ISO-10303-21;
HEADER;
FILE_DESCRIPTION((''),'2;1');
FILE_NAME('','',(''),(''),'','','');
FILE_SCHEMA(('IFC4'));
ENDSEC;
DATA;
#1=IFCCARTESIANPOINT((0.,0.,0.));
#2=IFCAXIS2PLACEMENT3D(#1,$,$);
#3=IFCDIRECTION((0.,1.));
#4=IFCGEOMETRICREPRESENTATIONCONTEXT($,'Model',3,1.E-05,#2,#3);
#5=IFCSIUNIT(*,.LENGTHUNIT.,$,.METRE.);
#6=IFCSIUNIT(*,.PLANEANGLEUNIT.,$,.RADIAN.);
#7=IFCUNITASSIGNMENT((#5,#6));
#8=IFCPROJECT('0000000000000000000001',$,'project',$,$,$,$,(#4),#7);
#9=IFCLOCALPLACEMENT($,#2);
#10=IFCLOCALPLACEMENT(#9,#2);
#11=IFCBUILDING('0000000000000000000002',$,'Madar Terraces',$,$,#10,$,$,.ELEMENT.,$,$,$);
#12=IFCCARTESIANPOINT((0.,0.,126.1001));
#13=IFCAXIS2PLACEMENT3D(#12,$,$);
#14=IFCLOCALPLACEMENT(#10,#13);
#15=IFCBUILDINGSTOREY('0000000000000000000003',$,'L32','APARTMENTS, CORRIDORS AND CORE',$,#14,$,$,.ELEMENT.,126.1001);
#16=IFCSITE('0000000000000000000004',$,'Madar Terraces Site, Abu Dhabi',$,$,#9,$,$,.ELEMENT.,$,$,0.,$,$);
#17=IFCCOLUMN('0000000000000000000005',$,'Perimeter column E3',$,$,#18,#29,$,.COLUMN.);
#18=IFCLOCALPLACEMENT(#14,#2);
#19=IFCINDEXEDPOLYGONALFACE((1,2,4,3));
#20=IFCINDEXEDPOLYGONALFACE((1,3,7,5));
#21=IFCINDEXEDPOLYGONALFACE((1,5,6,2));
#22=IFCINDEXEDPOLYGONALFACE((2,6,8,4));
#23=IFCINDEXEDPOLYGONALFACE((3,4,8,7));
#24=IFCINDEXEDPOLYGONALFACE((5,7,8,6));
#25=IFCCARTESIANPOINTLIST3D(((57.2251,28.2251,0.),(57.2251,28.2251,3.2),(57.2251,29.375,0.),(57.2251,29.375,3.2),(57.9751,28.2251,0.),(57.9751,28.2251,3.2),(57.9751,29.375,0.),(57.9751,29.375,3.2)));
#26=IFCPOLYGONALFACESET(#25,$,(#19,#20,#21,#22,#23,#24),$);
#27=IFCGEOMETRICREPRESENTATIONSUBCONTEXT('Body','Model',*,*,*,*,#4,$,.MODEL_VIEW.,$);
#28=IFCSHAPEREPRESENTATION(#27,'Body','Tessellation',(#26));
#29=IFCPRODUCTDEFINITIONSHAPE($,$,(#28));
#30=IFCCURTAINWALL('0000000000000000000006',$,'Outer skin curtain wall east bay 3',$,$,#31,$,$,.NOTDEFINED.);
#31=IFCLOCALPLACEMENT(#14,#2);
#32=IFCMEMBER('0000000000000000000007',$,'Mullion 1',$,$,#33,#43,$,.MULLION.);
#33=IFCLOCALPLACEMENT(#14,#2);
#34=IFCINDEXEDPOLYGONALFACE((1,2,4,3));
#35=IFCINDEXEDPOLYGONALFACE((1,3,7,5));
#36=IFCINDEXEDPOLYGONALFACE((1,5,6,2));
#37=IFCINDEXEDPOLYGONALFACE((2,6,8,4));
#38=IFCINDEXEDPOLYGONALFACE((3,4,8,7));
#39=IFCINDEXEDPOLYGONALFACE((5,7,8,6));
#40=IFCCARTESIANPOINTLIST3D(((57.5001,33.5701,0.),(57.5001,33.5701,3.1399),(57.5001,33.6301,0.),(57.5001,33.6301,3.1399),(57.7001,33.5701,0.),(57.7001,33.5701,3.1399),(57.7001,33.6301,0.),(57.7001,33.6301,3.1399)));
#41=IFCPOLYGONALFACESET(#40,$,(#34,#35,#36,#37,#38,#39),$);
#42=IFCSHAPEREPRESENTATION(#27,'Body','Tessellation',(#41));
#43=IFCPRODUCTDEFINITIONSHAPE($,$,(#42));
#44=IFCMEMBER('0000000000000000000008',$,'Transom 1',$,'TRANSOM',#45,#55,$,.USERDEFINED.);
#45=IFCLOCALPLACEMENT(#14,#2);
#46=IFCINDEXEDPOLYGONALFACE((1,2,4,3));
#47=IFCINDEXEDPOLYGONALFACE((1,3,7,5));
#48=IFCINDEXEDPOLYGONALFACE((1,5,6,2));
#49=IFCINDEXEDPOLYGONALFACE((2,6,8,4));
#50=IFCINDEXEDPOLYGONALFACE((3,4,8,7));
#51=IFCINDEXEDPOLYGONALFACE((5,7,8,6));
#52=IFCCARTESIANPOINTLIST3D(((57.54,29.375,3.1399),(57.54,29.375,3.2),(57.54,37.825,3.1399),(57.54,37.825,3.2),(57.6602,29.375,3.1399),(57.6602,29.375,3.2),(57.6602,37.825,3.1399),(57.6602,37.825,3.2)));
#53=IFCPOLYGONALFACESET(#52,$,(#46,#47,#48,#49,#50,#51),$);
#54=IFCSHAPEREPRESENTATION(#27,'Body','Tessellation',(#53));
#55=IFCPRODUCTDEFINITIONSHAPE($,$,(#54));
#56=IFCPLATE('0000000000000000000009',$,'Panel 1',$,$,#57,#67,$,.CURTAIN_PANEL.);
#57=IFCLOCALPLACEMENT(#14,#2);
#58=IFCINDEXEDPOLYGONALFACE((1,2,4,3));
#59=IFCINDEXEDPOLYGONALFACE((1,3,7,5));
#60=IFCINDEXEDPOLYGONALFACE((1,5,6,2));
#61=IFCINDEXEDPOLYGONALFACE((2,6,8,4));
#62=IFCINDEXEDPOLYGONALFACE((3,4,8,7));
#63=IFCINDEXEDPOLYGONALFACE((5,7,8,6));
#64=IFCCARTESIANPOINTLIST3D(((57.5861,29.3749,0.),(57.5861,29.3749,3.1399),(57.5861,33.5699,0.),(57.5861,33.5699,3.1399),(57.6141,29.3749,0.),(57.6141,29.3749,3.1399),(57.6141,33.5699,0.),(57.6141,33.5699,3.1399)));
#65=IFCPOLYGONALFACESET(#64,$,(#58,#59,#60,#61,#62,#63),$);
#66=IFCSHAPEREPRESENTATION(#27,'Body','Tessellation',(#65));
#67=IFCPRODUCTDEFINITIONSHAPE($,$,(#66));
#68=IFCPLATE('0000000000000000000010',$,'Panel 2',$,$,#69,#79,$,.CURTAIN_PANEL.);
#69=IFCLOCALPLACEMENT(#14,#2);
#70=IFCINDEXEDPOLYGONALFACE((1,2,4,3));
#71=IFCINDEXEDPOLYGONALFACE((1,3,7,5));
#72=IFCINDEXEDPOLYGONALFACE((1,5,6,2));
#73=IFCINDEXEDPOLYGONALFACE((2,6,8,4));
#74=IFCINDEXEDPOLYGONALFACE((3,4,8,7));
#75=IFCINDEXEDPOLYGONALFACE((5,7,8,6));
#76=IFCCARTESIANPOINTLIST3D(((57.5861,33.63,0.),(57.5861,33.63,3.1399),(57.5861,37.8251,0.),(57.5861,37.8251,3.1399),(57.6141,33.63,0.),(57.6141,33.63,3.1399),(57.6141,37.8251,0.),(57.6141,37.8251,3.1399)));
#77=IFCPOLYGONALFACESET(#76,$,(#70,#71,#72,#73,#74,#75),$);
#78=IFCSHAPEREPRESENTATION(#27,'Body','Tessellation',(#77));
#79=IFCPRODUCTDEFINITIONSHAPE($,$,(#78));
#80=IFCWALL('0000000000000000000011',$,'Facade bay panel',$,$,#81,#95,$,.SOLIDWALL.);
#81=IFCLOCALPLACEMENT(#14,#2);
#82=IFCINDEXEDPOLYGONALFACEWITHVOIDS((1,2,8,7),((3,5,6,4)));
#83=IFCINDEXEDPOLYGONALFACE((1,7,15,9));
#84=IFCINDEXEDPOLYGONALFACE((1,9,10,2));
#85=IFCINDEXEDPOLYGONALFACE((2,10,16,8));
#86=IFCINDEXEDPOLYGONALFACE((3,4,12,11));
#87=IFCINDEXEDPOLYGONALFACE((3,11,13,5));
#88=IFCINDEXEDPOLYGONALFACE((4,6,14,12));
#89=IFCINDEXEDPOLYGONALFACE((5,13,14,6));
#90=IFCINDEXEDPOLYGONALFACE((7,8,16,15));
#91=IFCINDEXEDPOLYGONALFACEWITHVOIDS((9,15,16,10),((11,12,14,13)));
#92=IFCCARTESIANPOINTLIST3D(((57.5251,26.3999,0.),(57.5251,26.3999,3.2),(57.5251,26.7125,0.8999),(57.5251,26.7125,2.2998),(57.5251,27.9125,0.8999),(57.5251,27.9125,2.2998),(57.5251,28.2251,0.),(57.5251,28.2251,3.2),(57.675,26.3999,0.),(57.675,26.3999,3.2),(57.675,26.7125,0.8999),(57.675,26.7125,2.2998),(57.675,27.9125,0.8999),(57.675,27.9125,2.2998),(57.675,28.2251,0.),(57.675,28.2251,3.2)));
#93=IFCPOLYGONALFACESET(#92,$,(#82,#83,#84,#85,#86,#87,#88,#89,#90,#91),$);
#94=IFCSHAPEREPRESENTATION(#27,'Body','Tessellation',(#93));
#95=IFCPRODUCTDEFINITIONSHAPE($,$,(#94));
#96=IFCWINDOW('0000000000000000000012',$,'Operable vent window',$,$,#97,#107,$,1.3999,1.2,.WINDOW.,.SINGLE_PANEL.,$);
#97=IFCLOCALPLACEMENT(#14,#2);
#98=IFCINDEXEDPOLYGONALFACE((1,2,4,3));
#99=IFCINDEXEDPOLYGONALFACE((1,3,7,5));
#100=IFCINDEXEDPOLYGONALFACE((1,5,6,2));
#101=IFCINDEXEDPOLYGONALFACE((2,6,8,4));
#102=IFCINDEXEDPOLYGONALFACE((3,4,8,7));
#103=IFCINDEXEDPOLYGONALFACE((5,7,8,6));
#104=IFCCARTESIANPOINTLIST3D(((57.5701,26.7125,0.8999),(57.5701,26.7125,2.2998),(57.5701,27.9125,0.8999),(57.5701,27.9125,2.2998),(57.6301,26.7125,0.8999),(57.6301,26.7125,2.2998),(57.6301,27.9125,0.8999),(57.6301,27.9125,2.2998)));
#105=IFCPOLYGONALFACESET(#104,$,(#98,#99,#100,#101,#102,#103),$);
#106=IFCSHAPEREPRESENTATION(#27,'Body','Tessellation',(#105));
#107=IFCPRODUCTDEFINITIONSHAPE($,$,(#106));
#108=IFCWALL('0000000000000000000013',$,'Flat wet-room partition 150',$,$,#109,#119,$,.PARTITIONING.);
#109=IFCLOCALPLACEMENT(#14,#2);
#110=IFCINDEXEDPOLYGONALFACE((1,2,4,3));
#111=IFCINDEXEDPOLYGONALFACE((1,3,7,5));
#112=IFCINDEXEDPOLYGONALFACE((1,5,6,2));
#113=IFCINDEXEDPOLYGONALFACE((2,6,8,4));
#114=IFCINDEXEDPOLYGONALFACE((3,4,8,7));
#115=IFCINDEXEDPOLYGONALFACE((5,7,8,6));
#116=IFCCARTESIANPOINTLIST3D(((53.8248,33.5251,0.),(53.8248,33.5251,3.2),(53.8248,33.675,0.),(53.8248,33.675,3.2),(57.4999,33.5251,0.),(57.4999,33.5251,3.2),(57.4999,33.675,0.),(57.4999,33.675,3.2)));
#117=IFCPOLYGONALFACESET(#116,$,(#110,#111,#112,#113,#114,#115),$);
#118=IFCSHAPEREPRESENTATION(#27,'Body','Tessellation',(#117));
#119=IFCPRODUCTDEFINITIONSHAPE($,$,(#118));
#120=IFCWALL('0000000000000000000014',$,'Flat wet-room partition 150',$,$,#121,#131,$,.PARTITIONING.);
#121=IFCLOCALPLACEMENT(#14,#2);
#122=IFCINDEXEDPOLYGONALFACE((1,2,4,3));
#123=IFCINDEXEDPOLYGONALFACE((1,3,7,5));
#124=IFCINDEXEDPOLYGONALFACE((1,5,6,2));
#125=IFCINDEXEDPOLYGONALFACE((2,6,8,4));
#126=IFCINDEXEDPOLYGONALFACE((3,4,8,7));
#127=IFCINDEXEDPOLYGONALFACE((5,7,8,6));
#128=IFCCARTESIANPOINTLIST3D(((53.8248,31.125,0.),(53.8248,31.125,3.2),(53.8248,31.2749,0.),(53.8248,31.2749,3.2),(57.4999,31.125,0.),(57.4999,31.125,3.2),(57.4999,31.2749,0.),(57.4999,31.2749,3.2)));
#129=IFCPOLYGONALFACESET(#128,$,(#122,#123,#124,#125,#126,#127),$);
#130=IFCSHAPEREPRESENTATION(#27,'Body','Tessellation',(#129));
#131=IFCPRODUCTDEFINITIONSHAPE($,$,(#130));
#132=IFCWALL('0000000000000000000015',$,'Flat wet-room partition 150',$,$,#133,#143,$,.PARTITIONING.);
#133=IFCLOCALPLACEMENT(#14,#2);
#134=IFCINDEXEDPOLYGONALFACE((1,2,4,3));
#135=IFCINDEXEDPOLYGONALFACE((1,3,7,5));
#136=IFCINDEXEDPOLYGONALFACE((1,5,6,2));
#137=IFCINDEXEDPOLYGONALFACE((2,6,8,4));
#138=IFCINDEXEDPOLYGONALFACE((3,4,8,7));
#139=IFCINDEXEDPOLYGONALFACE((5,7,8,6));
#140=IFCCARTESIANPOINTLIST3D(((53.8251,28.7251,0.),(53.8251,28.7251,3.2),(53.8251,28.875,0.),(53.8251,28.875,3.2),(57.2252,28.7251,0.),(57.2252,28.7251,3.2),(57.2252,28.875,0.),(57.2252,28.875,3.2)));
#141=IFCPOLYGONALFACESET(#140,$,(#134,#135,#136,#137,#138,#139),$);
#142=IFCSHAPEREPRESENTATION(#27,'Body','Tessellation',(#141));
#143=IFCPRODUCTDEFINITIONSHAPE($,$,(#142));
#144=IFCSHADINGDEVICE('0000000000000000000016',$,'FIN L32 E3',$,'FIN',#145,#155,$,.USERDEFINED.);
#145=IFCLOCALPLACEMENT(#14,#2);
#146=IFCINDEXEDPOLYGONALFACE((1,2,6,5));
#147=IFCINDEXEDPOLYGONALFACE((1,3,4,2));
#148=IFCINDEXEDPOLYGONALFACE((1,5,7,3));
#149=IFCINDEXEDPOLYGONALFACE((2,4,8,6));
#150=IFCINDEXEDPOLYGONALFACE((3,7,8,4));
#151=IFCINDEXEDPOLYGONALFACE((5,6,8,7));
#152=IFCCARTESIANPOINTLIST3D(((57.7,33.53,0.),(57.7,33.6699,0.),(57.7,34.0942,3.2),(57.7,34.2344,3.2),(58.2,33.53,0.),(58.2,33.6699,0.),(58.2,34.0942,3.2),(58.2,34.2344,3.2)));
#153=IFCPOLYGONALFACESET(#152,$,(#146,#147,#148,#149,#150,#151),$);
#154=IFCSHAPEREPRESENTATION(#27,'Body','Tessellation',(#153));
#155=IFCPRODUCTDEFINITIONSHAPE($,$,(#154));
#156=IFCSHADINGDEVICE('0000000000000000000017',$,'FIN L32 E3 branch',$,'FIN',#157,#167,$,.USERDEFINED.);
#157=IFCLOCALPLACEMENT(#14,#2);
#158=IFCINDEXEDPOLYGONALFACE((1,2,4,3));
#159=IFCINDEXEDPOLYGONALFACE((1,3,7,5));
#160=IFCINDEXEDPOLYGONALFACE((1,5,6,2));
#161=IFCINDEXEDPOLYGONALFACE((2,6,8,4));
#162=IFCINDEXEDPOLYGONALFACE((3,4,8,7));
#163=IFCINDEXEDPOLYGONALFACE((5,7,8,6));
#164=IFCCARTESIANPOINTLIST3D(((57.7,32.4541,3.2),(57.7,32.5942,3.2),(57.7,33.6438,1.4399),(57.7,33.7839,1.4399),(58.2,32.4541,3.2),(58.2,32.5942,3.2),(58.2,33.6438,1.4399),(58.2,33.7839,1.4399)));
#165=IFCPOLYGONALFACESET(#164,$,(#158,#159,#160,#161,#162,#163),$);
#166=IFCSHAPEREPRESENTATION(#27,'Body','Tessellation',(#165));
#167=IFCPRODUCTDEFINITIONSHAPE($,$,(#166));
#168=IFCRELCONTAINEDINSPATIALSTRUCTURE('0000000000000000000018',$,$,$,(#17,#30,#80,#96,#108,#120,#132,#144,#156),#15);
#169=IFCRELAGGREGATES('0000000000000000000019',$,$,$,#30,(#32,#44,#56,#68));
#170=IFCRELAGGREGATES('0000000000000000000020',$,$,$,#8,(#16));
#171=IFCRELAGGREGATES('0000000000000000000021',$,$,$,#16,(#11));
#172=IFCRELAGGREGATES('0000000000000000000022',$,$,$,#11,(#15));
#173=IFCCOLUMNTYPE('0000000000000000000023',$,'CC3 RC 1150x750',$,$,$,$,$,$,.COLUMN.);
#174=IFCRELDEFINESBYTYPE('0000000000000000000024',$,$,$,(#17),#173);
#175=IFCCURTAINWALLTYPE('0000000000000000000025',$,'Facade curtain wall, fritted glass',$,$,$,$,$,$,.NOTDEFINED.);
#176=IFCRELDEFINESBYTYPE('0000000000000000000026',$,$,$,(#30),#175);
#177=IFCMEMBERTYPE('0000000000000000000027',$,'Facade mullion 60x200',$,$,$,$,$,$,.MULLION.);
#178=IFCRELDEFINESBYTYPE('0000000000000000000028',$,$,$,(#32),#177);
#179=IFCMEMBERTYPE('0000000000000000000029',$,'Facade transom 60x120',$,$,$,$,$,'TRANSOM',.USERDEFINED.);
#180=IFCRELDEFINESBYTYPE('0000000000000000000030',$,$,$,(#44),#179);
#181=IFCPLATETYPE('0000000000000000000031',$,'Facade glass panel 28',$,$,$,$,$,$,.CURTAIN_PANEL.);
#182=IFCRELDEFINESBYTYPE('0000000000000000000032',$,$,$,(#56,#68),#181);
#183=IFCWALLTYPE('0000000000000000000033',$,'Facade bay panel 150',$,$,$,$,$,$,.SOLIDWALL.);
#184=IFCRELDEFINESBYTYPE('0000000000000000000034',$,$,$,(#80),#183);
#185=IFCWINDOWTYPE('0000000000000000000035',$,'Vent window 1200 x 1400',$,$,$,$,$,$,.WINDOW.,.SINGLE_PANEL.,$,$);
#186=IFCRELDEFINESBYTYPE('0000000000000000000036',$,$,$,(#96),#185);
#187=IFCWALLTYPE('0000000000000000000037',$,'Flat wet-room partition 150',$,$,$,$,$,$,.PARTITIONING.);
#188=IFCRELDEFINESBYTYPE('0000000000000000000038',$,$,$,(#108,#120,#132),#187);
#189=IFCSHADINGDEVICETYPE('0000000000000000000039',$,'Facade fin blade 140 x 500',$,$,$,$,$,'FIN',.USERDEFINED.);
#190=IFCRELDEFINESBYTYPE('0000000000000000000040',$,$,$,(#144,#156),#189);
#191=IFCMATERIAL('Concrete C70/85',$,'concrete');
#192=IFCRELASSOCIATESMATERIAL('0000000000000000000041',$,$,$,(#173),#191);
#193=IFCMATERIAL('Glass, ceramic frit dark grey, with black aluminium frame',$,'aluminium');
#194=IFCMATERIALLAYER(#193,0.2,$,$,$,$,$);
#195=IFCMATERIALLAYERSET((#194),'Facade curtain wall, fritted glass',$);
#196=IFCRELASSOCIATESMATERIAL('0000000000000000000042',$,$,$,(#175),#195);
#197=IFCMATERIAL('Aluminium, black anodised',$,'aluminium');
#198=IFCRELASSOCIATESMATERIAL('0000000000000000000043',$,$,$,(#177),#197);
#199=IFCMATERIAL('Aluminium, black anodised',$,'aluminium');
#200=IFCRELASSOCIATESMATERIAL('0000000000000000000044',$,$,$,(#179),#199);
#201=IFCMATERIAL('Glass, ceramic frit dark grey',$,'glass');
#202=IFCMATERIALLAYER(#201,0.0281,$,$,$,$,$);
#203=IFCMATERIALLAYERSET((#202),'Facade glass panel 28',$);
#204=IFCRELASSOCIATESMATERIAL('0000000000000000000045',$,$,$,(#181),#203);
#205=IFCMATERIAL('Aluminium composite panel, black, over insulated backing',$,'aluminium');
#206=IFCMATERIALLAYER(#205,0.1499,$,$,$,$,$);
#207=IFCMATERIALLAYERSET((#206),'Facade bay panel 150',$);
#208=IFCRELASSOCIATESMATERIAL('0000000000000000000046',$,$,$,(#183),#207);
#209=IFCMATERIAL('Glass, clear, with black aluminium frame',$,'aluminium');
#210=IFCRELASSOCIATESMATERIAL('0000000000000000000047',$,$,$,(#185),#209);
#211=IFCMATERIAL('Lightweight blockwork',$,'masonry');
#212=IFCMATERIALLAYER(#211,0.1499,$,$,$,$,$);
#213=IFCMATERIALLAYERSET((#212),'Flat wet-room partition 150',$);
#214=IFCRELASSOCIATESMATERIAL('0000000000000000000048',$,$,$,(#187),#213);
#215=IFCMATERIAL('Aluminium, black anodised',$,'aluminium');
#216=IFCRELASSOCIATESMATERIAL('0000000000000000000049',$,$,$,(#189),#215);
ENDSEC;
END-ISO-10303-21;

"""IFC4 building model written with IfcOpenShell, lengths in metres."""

from ifc_helpers import new_model, si_unit, direction, frame, frame_2d, origin, origin_2d, place, context, subcontext, project, spatial, polyline, rectangle, outline, extrude, material, layer, layer_set, material_profile, profile_set, type_object, element, fill, aggregate, save


model = new_model("IFC4")

# Units and contexts
model_context = context("Model", 3, precision=1e-05, world=origin(), true_north=direction((0.0, 1.0)))
body_context = subcontext(model_context, "Body", "Model", "MODEL_VIEW")
ifc_project = project(units=[si_unit("LENGTHUNIT", "METRE"), si_unit("PLANEANGLEUNIT", "RADIAN")], contexts=[model_context])

# Site, building, storey
site_placement = place(None, origin())
site = spatial("IfcSite", under=ifc_project, at=site_placement, Name="Madar Terraces Site, Abu Dhabi", CompositionType="ELEMENT", RefElevation=0.0)
building_placement = place(site_placement, origin())
building = spatial("IfcBuilding", under=site, at=building_placement, Name="Madar Terraces", CompositionType="ELEMENT")
storey_placement = place(building_placement, frame((0.0, 0.0, 126.1001)))
storey = spatial("IfcBuildingStorey", under=building, at=storey_placement, Name="L32", Description="APARTMENTS, CORRIDORS AND CORE", CompositionType="ELEMENT", Elevation=126.1001)

# Column
ifc_material_1 = material(Name="Concrete C70/85", Category="concrete")
ifc_material_profile_1 = material_profile(ifc_material_1, rectangle(XDim=1.1499, YDim=0.75, at=origin_2d()), Name="CC3 RC 1150x750")
ifc_profile_set_1 = profile_set([ifc_material_profile_1], Name="Concrete C70/85")
column_type = type_object("IfcColumnType", Name="CC3 RC 1150x750", PredefinedType="COLUMN", material=ifc_profile_set_1)
column_placement = place(storey_placement, frame((57.6001, 28.8, 0.0), z_axis=(0.0, 0.0, 1.0), x_axis=(0.0, 1.0, 0.0)))
element("IfcColumn", 1, at=column_placement, inside=storey, type_object=column_type, Name="Perimeter column E3", PredefinedType="COLUMN", context=body_context, shape_type="SweptSolid", body=[
    extrude(rectangle(XDim=1.1499, YDim=0.75, at=origin_2d()), origin(), (0.0, 0.0, 1.0), 3.2),
])

# Curtain wall, members, plates
ifc_material_2 = material(Name="Glass, ceramic frit dark grey, with black aluminium frame", Category="aluminium")
ifc_layer_1 = layer(ifc_material_2, 0.2)
ifc_layer_set_1 = layer_set([ifc_layer_1], Name="Facade curtain wall, fritted glass")
curtain_wall_type = type_object("IfcCurtainWallType", Name="Facade curtain wall, fritted glass", PredefinedType="NOTDEFINED", material=ifc_layer_set_1)
curtain_wall_placement = place(storey_placement, origin())
curtain_wall = element("IfcCurtainWall", 2, at=curtain_wall_placement, inside=storey, type_object=curtain_wall_type, Name="Outer skin curtain wall east bay 3", PredefinedType="NOTDEFINED")
ifc_material_3 = material(Name="Aluminium, black anodised", Category="aluminium")
ifc_material_profile_2 = material_profile(ifc_material_3, rectangle(XDim=0.2, YDim=0.0601, at=origin_2d()), Name="Facade mullion 60x200")
ifc_profile_set_2 = profile_set([ifc_material_profile_2], Name="Aluminium, black anodised")
member_type_1 = type_object("IfcMemberType", Name="Facade mullion 60x200", PredefinedType="MULLION", material=ifc_profile_set_2)
member_1_placement = place(storey_placement, frame((57.6001, 33.6001, 0.0), z_axis=(0.0, 0.0, 1.0), x_axis=(-1.0, 0.0, 0.0)))
member_1 = element("IfcMember", 3, at=member_1_placement, type_object=member_type_1, Name="Mullion 1", PredefinedType="MULLION", context=body_context, shape_type="SweptSolid", body=[
    extrude(rectangle(XDim=0.2, YDim=0.0601, at=origin_2d()), origin(), (0.0, 0.0, 1.0), 3.1399),
])
ifc_material_4 = material(Name="Aluminium, black anodised", Category="aluminium")
ifc_material_profile_3 = material_profile(ifc_material_4, rectangle(XDim=0.1201, YDim=0.0601, at=origin_2d()), Name="Facade transom 60x120")
ifc_profile_set_3 = profile_set([ifc_material_profile_3], Name="Aluminium, black anodised")
member_type_2 = type_object("IfcMemberType", Name="Facade transom 60x120", ElementType="TRANSOM", PredefinedType="USERDEFINED", material=ifc_profile_set_3)
member_2_placement = place(storey_placement, frame((57.6001, 29.375, 3.1699), z_axis=(0.0, 1.0, 0.0), x_axis=(-1.0, 0.0, 0.0)))
member_2 = element("IfcMember", 4, at=member_2_placement, type_object=member_type_2, Name="Transom 1", ObjectType="TRANSOM", PredefinedType="USERDEFINED", context=body_context, shape_type="SweptSolid", body=[
    extrude(rectangle(XDim=0.1201, YDim=0.0601, at=origin_2d()), origin(), (0.0, 0.0, 1.0), 8.45),
])
ifc_material_5 = material(Name="Glass, ceramic frit dark grey", Category="glass")
ifc_layer_2 = layer(ifc_material_5, 0.0281)
ifc_layer_set_2 = layer_set([ifc_layer_2], Name="Facade glass panel 28")
plate_type = type_object("IfcPlateType", Name="Facade glass panel 28", PredefinedType="CURTAIN_PANEL", material=ifc_layer_set_2)
plate_1_placement = place(storey_placement, frame((57.6001, 31.4724, 0.0), z_axis=(0.0, 0.0, 1.0), x_axis=(0.0, 1.0, 0.0)))
plate_1 = element("IfcPlate", 5, at=plate_1_placement, type_object=plate_type, Name="Panel 1", PredefinedType="CURTAIN_PANEL", context=body_context, shape_type="SweptSolid", body=[
    extrude(rectangle(XDim=4.1951, YDim=0.0281, at=origin_2d()), origin(), (0.0, 0.0, 1.0), 3.1399),
])
plate_2_placement = place(storey_placement, frame((57.6001, 35.7275, 0.0), z_axis=(0.0, 0.0, 1.0), x_axis=(0.0, 1.0, 0.0)))
plate_2 = element("IfcPlate", 6, at=plate_2_placement, type_object=plate_type, Name="Panel 2", PredefinedType="CURTAIN_PANEL", context=body_context, shape_type="SweptSolid", body=[
    extrude(rectangle(XDim=4.1951, YDim=0.0281, at=origin_2d()), origin(), (0.0, 0.0, 1.0), 3.1399),
])
aggregate(curtain_wall, [member_1, member_2, plate_1, plate_2])

# Wall, opening, window
ifc_material_6 = material(Name="Aluminium composite panel, black, over insulated backing", Category="aluminium")
ifc_layer_3 = layer(ifc_material_6, 0.1499)
ifc_layer_set_3 = layer_set([ifc_layer_3], Name="Facade bay panel 150")
wall_type_1 = type_object("IfcWallType", Name="Facade bay panel 150", PredefinedType="SOLIDWALL", material=ifc_layer_set_3)
wall_1_placement = place(storey_placement, frame((57.6001, 26.3999, 0.0), z_axis=(0.0, 0.0, 1.0), x_axis=(0.0, 1.0, 0.0)))
wall_1 = element("IfcWall", 7, at=wall_1_placement, inside=storey, type_object=wall_type_1, Name="Facade bay panel", PredefinedType="SOLIDWALL", context=body_context, shape_type="SweptSolid", body=[
    extrude(rectangle(XDim=1.8252, YDim=0.1499, at=frame_2d((0.9126, 0.0))), origin(), (0.0, 0.0, 1.0), 3.2),
])
opening_placement = place(wall_1_placement, frame((0.3125, 0.0, 0.8999)))
opening = element("IfcOpeningElement", 8, at=opening_placement, cuts=wall_1, PredefinedType="OPENING", context=body_context, shape_type="SweptSolid", body=[
    extrude(rectangle(XDim=1.2, YDim=1.3999, at=frame_2d((0.6001, 0.7))), frame((0.0, 0.085, 0.0), z_axis=(0.0, -1.0, 0.0), x_axis=(1.0, 0.0, 0.0)), (0.0, 0.0, 1.0), 0.1699),
])
ifc_material_7 = material(Name="Glass, clear, with black aluminium frame", Category="aluminium")
window_type = type_object("IfcWindowType", Name="Vent window 1200 x 1400", PartitioningType="SINGLE_PANEL", PredefinedType="WINDOW", material=ifc_material_7)
window_placement = place(opening_placement, origin())
window = element("IfcWindow", 9, at=window_placement, inside=storey, type_object=window_type, Name="Operable vent window", OverallHeight=1.3999, OverallWidth=1.2, PartitioningType="SINGLE_PANEL", PredefinedType="WINDOW", context=body_context, shape_type="SweptSolid", body=[
    extrude(rectangle(XDim=1.2, YDim=1.3999, at=frame_2d((0.6001, 0.7))), frame((0.0, 0.03, 0.0), z_axis=(0.0, -1.0, 0.0), x_axis=(1.0, 0.0, 0.0)), (0.0, 0.0, 1.0), 0.0601),
])
fill(opening, window)

# Walls
ifc_material_8 = material(Name="Lightweight blockwork", Category="masonry")
ifc_layer_4 = layer(ifc_material_8, 0.1499)
ifc_layer_set_4 = layer_set([ifc_layer_4], Name="Flat wet-room partition 150")
wall_type_2 = type_object("IfcWallType", Name="Flat wet-room partition 150", PredefinedType="PARTITIONING", material=ifc_layer_set_4)
for number, where, z_axis, x_axis, name in (
    (10, (53.825, 33.6001, 0.0), (0.0, 0.0, 1.0), (1.0, 0.0, 0.0), "Flat wet-room partition 150"),
    (11, (53.825, 31.2, 0.0), (0.0, 0.0, 1.0), (1.0, 0.0, 0.0), "Flat wet-room partition 150"),
):
    element("IfcWall", number, at=place(storey_placement, frame(where, z_axis=z_axis, x_axis=x_axis)), inside=storey, type_object=wall_type_2, Name=name, PredefinedType="PARTITIONING", context=body_context, shape_type="SweptSolid", body=[
        extrude(rectangle(XDim=3.675, YDim=0.1499, at=frame_2d((1.8374, 0.0))), origin(), (0.0, 0.0, 1.0), 3.2),
    ])
wall_2_placement = place(storey_placement, frame((53.825, 28.8, 0.0), z_axis=(0.0, 0.0, 1.0), x_axis=(1.0, 0.0, 0.0)))
element("IfcWall", 12, at=wall_2_placement, inside=storey, type_object=wall_type_2, Name="Flat wet-room partition 150", PredefinedType="PARTITIONING", context=body_context, shape_type="SweptSolid", body=[
    extrude(rectangle(XDim=3.4001, YDim=0.1499, at=frame_2d((1.7002, 0.0))), origin(), (0.0, 0.0, 1.0), 3.2),
])

# Shading devices
ifc_material_9 = material(Name="Aluminium, black anodised", Category="aluminium")
shading_device_type = type_object("IfcShadingDeviceType", Name="Facade fin blade 140 x 500", ElementType="FIN", PredefinedType="USERDEFINED", material=ifc_material_9)
shading_device_1_placement = place(storey_placement, frame((57.95, 33.53, 0.0), z_axis=(0.0, 0.0, 1.0), x_axis=(0.0, 1.0, 0.0)))
element("IfcShadingDevice", 13, at=shading_device_1_placement, inside=storey, type_object=shading_device_type, Name="FIN L32 E3", ObjectType="FIN", PredefinedType="USERDEFINED", context=body_context, shape_type="SweptSolid", body=[
    extrude(outline(polyline([(0.0, 0.0), (0.1399, 0.0), (0.7043, 3.2), (0.5642, 3.2), (0.0, 0.0)])), frame((0.0, 0.25, 0.0), z_axis=(0.0, -1.0, 0.0), x_axis=(1.0, 0.0, 0.0)), (0.0, 0.0, 1.0), 0.5),
])
shading_device_2_placement = place(storey_placement, frame((57.95, 33.6438, 1.4399), z_axis=(0.0, 0.0, 1.0), x_axis=(0.0, 1.0, 0.0)))
element("IfcShadingDevice", 14, at=shading_device_2_placement, inside=storey, type_object=shading_device_type, Name="FIN L32 E3 branch", ObjectType="FIN", PredefinedType="USERDEFINED", context=body_context, shape_type="SweptSolid", body=[
    extrude(outline(polyline([(0.0, 0.0), (0.1401, 0.0), (-1.0496, 1.76), (-1.1897, 1.76), (0.0, 0.0)])), frame((0.0, 0.25, 0.0), z_axis=(0.0, -1.0, 0.0), x_axis=(1.0, 0.0, 0.0)), (0.0, 0.0, 1.0), 0.5),
])

save(model, "model.ifc")
